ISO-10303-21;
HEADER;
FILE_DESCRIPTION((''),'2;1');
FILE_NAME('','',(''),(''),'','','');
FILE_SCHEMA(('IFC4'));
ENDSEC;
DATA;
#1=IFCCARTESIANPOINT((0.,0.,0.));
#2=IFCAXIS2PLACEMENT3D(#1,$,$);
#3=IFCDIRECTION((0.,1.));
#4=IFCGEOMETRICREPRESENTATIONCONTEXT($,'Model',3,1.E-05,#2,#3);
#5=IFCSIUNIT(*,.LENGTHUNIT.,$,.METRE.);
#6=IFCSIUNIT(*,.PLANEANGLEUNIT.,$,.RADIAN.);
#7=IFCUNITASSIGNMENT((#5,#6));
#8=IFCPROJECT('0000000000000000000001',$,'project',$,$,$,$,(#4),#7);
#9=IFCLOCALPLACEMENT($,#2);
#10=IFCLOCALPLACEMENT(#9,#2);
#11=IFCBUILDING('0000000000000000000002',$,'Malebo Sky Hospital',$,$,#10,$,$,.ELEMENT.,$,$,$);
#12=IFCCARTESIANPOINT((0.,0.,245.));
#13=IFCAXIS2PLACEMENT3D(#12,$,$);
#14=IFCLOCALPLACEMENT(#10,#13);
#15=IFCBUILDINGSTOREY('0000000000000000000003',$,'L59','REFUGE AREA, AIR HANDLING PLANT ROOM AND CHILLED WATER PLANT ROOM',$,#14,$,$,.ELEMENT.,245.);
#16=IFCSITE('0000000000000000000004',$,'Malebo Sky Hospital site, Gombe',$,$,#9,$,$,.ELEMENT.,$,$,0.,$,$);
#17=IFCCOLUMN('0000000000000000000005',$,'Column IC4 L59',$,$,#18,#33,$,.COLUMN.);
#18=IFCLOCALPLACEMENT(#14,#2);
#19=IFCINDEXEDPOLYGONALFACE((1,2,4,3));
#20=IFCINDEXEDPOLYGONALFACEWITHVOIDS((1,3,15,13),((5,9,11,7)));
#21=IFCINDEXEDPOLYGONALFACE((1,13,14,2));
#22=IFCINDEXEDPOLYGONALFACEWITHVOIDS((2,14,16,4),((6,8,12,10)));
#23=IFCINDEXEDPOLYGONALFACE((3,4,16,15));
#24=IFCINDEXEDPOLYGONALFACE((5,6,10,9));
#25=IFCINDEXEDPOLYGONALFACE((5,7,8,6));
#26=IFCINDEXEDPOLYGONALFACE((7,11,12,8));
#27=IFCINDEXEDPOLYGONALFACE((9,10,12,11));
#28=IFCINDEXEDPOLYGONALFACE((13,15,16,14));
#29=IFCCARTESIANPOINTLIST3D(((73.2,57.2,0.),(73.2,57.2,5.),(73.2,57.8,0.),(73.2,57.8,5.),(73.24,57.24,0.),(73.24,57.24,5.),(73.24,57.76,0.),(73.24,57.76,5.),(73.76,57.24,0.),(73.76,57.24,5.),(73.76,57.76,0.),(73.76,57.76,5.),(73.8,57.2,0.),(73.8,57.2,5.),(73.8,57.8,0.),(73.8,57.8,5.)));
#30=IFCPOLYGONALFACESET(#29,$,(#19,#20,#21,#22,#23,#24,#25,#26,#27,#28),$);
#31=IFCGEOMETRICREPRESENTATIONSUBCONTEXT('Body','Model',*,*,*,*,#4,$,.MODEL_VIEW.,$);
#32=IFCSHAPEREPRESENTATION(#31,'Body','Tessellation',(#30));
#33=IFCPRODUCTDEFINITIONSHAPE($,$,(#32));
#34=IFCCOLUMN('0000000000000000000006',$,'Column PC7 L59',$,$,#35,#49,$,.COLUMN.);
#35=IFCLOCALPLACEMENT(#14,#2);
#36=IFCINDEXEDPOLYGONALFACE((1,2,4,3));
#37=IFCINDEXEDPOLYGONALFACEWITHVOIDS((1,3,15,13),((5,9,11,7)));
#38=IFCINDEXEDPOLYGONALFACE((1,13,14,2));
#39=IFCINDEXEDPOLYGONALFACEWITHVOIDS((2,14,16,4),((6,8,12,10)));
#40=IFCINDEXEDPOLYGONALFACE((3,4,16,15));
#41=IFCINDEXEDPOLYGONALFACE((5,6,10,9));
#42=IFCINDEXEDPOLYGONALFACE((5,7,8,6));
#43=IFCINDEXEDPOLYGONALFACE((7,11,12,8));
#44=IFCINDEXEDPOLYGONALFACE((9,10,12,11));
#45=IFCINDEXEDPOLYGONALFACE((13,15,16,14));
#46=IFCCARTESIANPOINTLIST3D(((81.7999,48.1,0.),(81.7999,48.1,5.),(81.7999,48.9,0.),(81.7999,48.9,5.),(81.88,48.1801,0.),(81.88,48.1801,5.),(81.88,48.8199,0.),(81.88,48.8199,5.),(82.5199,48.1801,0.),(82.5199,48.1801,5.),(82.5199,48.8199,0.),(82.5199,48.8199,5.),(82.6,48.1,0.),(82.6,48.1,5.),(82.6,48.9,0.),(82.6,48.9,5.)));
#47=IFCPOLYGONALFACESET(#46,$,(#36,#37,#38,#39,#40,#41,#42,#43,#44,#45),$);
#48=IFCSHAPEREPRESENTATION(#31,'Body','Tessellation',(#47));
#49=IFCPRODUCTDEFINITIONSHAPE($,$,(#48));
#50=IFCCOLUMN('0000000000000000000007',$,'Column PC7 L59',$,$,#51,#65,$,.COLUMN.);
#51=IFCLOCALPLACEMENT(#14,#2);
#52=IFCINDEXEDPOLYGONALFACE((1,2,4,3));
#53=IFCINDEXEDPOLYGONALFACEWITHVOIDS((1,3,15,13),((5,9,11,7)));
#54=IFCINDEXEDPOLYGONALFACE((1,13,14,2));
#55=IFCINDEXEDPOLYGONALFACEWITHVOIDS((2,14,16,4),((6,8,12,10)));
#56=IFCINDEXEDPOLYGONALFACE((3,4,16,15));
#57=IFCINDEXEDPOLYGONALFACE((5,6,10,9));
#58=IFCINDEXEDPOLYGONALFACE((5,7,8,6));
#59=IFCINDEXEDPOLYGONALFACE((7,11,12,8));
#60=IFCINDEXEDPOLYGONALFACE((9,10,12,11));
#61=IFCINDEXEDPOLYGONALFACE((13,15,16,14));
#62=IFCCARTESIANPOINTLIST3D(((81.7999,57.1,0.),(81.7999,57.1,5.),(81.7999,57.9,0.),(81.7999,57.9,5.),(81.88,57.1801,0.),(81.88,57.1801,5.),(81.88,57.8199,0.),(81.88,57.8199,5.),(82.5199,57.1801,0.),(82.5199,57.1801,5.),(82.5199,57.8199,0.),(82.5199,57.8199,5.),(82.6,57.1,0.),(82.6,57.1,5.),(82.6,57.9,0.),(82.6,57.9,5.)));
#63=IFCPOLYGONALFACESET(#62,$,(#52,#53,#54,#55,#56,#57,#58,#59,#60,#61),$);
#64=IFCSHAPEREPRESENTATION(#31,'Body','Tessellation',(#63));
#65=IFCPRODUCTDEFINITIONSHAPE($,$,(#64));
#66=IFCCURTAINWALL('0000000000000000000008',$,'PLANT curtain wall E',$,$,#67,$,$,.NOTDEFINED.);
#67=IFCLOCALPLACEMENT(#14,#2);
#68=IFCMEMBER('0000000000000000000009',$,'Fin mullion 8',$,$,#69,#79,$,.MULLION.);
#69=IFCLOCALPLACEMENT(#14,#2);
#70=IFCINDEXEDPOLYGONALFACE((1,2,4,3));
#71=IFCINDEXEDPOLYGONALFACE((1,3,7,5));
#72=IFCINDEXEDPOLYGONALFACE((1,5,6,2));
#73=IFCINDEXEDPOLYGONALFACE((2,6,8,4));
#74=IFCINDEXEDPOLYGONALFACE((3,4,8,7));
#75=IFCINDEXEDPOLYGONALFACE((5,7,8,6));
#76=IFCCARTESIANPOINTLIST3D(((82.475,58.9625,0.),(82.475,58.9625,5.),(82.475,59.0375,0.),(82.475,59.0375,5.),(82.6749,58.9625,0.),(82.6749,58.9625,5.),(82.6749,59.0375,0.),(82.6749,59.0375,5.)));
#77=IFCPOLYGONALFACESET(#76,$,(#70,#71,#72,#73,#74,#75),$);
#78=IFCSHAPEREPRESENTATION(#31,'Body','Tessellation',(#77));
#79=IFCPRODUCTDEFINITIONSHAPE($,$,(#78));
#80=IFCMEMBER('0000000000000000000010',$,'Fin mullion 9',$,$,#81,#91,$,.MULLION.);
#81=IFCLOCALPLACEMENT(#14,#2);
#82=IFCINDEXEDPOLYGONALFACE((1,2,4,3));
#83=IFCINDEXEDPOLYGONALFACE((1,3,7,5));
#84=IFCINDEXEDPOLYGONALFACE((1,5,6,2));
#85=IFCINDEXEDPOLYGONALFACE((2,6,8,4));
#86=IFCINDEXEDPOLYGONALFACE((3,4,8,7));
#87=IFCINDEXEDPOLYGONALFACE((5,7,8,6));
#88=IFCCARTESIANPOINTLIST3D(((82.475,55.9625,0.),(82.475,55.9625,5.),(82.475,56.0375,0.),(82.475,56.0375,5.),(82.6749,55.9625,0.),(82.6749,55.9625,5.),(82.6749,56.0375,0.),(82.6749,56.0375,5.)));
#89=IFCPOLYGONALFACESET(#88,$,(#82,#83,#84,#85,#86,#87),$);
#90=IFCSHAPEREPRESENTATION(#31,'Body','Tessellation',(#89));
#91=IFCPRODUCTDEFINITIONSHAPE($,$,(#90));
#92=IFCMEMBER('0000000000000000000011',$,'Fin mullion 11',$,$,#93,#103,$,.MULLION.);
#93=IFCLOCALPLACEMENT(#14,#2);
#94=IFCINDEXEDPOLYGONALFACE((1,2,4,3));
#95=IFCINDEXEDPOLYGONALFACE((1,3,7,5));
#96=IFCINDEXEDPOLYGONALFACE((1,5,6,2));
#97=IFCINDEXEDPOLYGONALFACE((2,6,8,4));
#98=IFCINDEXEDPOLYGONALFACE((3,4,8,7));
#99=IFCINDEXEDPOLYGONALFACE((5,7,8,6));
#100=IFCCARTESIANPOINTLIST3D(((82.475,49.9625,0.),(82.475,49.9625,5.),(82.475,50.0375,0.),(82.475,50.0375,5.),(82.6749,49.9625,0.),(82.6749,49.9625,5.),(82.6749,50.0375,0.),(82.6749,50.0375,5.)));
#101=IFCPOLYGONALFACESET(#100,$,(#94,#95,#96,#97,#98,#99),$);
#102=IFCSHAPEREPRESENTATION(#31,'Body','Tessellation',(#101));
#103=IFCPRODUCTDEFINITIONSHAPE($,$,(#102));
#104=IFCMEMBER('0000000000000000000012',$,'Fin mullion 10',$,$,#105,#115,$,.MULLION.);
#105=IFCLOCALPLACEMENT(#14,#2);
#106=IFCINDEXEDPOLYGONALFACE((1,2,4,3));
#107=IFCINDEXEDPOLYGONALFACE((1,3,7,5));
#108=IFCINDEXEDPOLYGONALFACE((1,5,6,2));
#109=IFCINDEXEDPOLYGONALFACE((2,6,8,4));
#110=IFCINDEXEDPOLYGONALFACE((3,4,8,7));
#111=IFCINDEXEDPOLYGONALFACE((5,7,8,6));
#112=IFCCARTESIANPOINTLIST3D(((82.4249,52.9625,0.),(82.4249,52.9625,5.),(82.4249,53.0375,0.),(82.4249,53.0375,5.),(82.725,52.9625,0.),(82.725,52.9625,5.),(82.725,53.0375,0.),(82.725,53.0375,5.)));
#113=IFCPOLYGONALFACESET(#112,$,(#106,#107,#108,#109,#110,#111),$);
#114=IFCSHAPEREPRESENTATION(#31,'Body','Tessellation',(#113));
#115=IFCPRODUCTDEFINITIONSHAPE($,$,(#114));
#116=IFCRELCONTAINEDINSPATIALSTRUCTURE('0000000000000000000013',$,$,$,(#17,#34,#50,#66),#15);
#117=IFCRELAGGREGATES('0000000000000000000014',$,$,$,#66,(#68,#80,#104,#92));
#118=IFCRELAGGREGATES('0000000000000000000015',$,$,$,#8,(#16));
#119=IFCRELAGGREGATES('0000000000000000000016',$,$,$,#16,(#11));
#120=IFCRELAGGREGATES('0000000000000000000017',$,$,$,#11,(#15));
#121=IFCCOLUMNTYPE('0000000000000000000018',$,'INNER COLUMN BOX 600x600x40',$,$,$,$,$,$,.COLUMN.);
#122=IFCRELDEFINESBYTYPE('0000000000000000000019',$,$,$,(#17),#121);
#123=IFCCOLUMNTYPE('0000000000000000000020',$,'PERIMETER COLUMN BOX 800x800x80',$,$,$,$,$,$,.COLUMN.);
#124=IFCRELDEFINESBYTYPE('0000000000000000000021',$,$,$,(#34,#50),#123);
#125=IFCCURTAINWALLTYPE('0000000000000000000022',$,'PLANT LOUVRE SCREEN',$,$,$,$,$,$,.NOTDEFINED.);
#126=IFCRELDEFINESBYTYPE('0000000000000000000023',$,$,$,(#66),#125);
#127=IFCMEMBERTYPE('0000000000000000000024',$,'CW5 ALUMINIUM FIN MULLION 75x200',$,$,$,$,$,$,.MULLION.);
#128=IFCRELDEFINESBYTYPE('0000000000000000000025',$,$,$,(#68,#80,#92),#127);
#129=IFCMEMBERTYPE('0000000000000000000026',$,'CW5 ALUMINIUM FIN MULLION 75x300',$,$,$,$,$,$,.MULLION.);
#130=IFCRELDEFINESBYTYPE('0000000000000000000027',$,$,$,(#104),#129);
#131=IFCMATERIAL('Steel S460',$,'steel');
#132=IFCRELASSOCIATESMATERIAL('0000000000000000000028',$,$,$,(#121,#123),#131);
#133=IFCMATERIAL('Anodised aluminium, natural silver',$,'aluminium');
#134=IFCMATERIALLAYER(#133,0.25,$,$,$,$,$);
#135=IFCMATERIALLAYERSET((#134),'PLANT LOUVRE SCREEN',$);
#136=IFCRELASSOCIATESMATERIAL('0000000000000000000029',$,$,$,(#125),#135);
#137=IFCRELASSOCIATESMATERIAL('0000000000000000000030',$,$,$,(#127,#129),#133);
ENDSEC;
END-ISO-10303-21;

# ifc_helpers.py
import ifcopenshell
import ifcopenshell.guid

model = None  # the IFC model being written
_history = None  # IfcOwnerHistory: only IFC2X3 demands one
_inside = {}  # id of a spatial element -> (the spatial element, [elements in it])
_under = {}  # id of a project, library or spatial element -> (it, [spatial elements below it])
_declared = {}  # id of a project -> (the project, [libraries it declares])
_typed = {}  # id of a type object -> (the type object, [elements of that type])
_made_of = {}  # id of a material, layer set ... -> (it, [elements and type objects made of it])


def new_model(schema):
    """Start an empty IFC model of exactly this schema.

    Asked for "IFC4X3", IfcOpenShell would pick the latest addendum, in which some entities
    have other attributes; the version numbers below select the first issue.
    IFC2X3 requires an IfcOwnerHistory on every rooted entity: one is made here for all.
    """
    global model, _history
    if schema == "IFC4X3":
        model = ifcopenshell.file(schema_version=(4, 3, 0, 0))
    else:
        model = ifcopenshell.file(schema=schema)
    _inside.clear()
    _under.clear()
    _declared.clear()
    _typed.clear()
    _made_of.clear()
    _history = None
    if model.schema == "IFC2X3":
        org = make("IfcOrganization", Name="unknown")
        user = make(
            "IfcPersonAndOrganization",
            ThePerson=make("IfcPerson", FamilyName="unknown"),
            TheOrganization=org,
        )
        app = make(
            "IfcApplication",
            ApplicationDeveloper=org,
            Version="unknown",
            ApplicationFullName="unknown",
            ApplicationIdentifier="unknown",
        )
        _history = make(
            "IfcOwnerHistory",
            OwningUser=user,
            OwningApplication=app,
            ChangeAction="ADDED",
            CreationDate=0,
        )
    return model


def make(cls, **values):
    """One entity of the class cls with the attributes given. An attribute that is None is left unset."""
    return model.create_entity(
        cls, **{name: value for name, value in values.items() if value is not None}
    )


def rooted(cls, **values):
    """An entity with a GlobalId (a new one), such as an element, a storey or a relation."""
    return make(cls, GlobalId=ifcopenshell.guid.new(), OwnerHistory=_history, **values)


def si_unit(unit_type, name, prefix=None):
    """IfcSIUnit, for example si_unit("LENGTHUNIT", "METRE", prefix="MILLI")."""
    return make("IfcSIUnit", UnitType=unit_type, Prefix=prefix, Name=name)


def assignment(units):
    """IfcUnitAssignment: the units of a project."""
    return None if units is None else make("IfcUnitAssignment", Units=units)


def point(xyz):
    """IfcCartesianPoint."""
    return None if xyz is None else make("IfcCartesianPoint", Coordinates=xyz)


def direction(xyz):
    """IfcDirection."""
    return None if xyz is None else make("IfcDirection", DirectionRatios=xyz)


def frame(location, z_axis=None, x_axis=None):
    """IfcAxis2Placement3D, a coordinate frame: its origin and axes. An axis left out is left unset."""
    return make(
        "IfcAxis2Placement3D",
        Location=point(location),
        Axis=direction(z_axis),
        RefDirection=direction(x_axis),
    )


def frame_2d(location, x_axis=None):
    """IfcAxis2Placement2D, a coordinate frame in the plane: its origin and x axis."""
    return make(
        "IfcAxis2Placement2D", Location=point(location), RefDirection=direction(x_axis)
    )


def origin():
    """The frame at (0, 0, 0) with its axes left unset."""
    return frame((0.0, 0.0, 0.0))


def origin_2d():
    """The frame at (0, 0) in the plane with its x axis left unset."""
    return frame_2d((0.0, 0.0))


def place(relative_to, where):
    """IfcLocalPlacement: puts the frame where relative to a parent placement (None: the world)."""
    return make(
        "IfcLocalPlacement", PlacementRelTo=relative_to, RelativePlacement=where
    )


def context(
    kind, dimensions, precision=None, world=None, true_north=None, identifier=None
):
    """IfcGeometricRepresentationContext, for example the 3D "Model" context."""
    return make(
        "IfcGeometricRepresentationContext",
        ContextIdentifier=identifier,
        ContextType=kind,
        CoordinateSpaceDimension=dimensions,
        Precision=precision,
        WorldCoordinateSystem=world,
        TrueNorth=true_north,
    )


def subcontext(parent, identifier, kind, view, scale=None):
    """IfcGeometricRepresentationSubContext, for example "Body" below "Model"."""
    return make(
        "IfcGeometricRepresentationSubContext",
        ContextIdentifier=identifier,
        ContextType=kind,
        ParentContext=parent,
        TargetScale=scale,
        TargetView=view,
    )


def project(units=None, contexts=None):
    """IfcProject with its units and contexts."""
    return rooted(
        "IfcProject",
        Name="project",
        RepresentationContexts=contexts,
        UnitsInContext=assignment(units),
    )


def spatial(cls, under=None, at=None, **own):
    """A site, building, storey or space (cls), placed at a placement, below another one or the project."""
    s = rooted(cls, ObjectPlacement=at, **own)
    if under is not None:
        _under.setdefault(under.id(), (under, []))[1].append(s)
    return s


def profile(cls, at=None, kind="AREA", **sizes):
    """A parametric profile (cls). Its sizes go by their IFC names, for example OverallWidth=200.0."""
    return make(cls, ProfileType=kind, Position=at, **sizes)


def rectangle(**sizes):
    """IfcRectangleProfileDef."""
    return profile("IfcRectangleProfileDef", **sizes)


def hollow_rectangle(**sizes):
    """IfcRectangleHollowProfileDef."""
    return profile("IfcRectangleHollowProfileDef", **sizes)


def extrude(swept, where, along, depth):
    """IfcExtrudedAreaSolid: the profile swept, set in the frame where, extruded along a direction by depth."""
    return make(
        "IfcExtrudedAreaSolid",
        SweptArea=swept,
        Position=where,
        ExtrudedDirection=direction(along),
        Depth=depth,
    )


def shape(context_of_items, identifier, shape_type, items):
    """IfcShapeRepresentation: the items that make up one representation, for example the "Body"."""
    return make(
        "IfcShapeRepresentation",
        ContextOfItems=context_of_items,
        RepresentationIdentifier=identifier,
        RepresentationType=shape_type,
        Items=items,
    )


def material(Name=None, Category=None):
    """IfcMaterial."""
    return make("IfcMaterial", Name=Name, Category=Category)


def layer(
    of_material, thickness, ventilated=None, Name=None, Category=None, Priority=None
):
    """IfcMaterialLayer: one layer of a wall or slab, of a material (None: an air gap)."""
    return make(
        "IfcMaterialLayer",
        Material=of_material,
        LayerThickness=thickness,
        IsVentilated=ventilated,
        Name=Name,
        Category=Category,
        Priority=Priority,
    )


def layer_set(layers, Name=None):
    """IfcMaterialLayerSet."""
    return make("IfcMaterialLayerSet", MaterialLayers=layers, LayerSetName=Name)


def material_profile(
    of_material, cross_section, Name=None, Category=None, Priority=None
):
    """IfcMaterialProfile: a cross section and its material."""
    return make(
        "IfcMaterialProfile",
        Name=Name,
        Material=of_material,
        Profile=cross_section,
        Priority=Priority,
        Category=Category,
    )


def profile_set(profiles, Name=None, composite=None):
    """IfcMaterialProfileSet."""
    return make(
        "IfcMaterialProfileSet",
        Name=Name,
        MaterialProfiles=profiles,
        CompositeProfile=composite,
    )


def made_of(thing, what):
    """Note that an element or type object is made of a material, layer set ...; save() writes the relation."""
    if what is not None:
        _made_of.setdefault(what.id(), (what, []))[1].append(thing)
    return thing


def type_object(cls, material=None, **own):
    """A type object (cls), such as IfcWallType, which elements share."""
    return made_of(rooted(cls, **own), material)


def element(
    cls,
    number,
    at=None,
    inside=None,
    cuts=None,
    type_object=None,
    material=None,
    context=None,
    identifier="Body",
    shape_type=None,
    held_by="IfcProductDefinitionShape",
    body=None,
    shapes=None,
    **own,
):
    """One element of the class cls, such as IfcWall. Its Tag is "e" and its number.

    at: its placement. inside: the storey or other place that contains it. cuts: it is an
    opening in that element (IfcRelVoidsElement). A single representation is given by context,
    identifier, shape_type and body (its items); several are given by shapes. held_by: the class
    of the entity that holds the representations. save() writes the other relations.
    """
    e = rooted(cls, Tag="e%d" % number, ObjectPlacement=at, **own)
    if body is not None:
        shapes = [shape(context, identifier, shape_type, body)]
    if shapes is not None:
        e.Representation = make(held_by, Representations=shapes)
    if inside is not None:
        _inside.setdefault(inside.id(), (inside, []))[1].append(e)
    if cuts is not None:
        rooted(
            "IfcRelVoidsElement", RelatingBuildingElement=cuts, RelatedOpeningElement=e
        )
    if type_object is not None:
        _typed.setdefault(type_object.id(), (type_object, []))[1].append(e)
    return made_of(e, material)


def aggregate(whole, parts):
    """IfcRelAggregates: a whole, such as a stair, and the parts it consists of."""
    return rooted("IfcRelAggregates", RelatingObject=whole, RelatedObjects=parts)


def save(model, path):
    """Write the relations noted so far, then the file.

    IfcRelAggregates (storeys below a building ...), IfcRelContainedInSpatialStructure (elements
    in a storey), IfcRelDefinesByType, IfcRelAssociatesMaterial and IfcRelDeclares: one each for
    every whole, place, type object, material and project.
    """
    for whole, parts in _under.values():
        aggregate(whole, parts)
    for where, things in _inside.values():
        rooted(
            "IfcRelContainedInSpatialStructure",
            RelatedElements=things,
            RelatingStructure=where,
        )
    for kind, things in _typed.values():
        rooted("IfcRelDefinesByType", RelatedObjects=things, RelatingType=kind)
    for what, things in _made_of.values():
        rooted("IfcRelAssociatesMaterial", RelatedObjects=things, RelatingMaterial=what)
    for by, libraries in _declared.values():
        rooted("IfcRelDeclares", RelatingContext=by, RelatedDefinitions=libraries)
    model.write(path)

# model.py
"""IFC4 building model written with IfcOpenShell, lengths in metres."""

from ifc_helpers import new_model, si_unit, direction, frame, origin, origin_2d, place, context, subcontext, project, spatial, rectangle, hollow_rectangle, extrude, material, layer, layer_set, material_profile, profile_set, type_object, element, aggregate, save


model = new_model("IFC4")

# Units and contexts
model_context = context("Model", 3, precision=1e-05, world=origin(), true_north=direction((0.0, 1.0)))
body_context = subcontext(model_context, "Body", "Model", "MODEL_VIEW")
ifc_project = project(units=[si_unit("LENGTHUNIT", "METRE"), si_unit("PLANEANGLEUNIT", "RADIAN")], contexts=[model_context])

# Site, building, storey
site_placement = place(None, origin())
site = spatial("IfcSite", under=ifc_project, at=site_placement, Name="Malebo Sky Hospital site, Gombe", CompositionType="ELEMENT", RefElevation=0.0)
building_placement = place(site_placement, origin())
building = spatial("IfcBuilding", under=site, at=building_placement, Name="Malebo Sky Hospital", CompositionType="ELEMENT")
storey_placement = place(building_placement, frame((0.0, 0.0, 245.0)))
storey = spatial("IfcBuildingStorey", under=building, at=storey_placement, Name="L59", Description="REFUGE AREA, AIR HANDLING PLANT ROOM AND CHILLED WATER PLANT ROOM", CompositionType="ELEMENT", Elevation=245.0)

# Columns
ifc_material_1 = material(Name="Steel S460", Category="steel")
ifc_material_profile_1 = material_profile(ifc_material_1, hollow_rectangle(XDim=0.6001, YDim=0.6001, WallThickness=0.04, at=origin_2d()), Name="BOX 600x600x40")
ifc_profile_set_1 = profile_set([ifc_material_profile_1], Name="Steel S460")
column_type_1 = type_object("IfcColumnType", Name="INNER COLUMN BOX 600x600x40", PredefinedType="COLUMN", material=ifc_profile_set_1)
column_placement = place(storey_placement, frame((73.5, 57.5, 0.0), z_axis=(0.0, 0.0, 1.0), x_axis=(1.0, 0.0, 0.0)))
element("IfcColumn", 1, at=column_placement, inside=storey, type_object=column_type_1, Name="Column IC4 L59", PredefinedType="COLUMN", context=body_context, shape_type="SweptSolid", body=[
    extrude(hollow_rectangle(XDim=0.6001, YDim=0.6001, WallThickness=0.04, at=origin_2d()), origin(), (0.0, 0.0, 1.0), 5.0),
])
ifc_material_profile_2 = material_profile(ifc_material_1, hollow_rectangle(XDim=0.8, YDim=0.8, WallThickness=0.0801, at=origin_2d()), Name="BOX 800x800x80")
ifc_profile_set_2 = profile_set([ifc_material_profile_2], Name="Steel S460")
column_type_2 = type_object("IfcColumnType", Name="PERIMETER COLUMN BOX 800x800x80", PredefinedType="COLUMN", material=ifc_profile_set_2)
for number, where, z_axis, x_axis, name in (
    (2, (82.2, 48.5, 0.0), (0.0, 0.0, 1.0), (1.0, 0.0, 0.0), "Column PC7 L59"),
    (3, (82.2, 57.5, 0.0), (0.0, 0.0, 1.0), (1.0, 0.0, 0.0), "Column PC7 L59"),
):
    element("IfcColumn", number, at=place(storey_placement, frame(where, z_axis=z_axis, x_axis=x_axis)), inside=storey, type_object=column_type_2, Name=name, PredefinedType="COLUMN", context=body_context, shape_type="SweptSolid", body=[
        extrude(hollow_rectangle(XDim=0.8, YDim=0.8, WallThickness=0.0801, at=origin_2d()), origin(), (0.0, 0.0, 1.0), 5.0),
    ])

# Curtain wall, members
ifc_material_2 = material(Name="Anodised aluminium, natural silver", Category="aluminium")
ifc_layer_1 = layer(ifc_material_2, 0.25)
ifc_layer_set_1 = layer_set([ifc_layer_1], Name="PLANT LOUVRE SCREEN")
curtain_wall_type = type_object("IfcCurtainWallType", Name="PLANT LOUVRE SCREEN", PredefinedType="NOTDEFINED", material=ifc_layer_set_1)
curtain_wall_placement = place(storey_placement, origin())
curtain_wall = element("IfcCurtainWall", 4, at=curtain_wall_placement, inside=storey, type_object=curtain_wall_type, Name="PLANT curtain wall E", PredefinedType="NOTDEFINED")
ifc_material_profile_3 = material_profile(ifc_material_2, rectangle(XDim=0.075, YDim=0.2, at=origin_2d()), Name="CW5 ALUMINIUM FIN MULLION 75x200")
ifc_profile_set_3 = profile_set([ifc_material_profile_3], Name="Anodised aluminium, natural silver")
member_type_1 = type_object("IfcMemberType", Name="CW5 ALUMINIUM FIN MULLION 75x200", PredefinedType="MULLION", material=ifc_profile_set_3)
member_1_placement = place(storey_placement, frame((82.575, 59.0, 0.0), z_axis=(0.0, 0.0, 1.0), x_axis=(0.0, -1.0, 0.0)))
member_1 = element("IfcMember", 5, at=member_1_placement, type_object=member_type_1, Name="Fin mullion 8", PredefinedType="MULLION", context=body_context, shape_type="SweptSolid", body=[
    extrude(rectangle(XDim=0.075, YDim=0.2, at=origin_2d()), origin(), (0.0, 0.0, 1.0), 5.0),
])
member_2_placement = place(storey_placement, frame((82.575, 56.0, 0.0), z_axis=(0.0, 0.0, 1.0), x_axis=(0.0, -1.0, 0.0)))
member_2 = element("IfcMember", 6, at=member_2_placement, type_object=member_type_1, Name="Fin mullion 9", PredefinedType="MULLION", context=body_context, shape_type="SweptSolid", body=[
    extrude(rectangle(XDim=0.075, YDim=0.2, at=origin_2d()), origin(), (0.0, 0.0, 1.0), 5.0),
])
member_3_placement = place(storey_placement, frame((82.575, 50.0, 0.0), z_axis=(0.0, 0.0, 1.0), x_axis=(0.0, -1.0, 0.0)))
member_3 = element("IfcMember", 7, at=member_3_placement, type_object=member_type_1, Name="Fin mullion 11", PredefinedType="MULLION", context=body_context, shape_type="SweptSolid", body=[
    extrude(rectangle(XDim=0.075, YDim=0.2, at=origin_2d()), origin(), (0.0, 0.0, 1.0), 5.0),
])
ifc_material_profile_4 = material_profile(ifc_material_2, rectangle(XDim=0.075, YDim=0.3, at=origin_2d()), Name="CW5 ALUMINIUM FIN MULLION 75x300")
ifc_profile_set_4 = profile_set([ifc_material_profile_4], Name="Anodised aluminium, natural silver")
member_type_2 = type_object("IfcMemberType", Name="CW5 ALUMINIUM FIN MULLION 75x300", PredefinedType="MULLION", material=ifc_profile_set_4)
member_4_placement = place(storey_placement, frame((82.575, 53.0, 0.0), z_axis=(0.0, 0.0, 1.0), x_axis=(0.0, -1.0, 0.0)))
member_4 = element("IfcMember", 8, at=member_4_placement, type_object=member_type_2, Name="Fin mullion 10", PredefinedType="MULLION", context=body_context, shape_type="SweptSolid", body=[
    extrude(rectangle(XDim=0.075, YDim=0.3, at=origin_2d()), origin(), (0.0, 0.0, 1.0), 5.0),
])
aggregate(curtain_wall, [member_1, member_2, member_4, member_3])

save(model, "model.ifc")
